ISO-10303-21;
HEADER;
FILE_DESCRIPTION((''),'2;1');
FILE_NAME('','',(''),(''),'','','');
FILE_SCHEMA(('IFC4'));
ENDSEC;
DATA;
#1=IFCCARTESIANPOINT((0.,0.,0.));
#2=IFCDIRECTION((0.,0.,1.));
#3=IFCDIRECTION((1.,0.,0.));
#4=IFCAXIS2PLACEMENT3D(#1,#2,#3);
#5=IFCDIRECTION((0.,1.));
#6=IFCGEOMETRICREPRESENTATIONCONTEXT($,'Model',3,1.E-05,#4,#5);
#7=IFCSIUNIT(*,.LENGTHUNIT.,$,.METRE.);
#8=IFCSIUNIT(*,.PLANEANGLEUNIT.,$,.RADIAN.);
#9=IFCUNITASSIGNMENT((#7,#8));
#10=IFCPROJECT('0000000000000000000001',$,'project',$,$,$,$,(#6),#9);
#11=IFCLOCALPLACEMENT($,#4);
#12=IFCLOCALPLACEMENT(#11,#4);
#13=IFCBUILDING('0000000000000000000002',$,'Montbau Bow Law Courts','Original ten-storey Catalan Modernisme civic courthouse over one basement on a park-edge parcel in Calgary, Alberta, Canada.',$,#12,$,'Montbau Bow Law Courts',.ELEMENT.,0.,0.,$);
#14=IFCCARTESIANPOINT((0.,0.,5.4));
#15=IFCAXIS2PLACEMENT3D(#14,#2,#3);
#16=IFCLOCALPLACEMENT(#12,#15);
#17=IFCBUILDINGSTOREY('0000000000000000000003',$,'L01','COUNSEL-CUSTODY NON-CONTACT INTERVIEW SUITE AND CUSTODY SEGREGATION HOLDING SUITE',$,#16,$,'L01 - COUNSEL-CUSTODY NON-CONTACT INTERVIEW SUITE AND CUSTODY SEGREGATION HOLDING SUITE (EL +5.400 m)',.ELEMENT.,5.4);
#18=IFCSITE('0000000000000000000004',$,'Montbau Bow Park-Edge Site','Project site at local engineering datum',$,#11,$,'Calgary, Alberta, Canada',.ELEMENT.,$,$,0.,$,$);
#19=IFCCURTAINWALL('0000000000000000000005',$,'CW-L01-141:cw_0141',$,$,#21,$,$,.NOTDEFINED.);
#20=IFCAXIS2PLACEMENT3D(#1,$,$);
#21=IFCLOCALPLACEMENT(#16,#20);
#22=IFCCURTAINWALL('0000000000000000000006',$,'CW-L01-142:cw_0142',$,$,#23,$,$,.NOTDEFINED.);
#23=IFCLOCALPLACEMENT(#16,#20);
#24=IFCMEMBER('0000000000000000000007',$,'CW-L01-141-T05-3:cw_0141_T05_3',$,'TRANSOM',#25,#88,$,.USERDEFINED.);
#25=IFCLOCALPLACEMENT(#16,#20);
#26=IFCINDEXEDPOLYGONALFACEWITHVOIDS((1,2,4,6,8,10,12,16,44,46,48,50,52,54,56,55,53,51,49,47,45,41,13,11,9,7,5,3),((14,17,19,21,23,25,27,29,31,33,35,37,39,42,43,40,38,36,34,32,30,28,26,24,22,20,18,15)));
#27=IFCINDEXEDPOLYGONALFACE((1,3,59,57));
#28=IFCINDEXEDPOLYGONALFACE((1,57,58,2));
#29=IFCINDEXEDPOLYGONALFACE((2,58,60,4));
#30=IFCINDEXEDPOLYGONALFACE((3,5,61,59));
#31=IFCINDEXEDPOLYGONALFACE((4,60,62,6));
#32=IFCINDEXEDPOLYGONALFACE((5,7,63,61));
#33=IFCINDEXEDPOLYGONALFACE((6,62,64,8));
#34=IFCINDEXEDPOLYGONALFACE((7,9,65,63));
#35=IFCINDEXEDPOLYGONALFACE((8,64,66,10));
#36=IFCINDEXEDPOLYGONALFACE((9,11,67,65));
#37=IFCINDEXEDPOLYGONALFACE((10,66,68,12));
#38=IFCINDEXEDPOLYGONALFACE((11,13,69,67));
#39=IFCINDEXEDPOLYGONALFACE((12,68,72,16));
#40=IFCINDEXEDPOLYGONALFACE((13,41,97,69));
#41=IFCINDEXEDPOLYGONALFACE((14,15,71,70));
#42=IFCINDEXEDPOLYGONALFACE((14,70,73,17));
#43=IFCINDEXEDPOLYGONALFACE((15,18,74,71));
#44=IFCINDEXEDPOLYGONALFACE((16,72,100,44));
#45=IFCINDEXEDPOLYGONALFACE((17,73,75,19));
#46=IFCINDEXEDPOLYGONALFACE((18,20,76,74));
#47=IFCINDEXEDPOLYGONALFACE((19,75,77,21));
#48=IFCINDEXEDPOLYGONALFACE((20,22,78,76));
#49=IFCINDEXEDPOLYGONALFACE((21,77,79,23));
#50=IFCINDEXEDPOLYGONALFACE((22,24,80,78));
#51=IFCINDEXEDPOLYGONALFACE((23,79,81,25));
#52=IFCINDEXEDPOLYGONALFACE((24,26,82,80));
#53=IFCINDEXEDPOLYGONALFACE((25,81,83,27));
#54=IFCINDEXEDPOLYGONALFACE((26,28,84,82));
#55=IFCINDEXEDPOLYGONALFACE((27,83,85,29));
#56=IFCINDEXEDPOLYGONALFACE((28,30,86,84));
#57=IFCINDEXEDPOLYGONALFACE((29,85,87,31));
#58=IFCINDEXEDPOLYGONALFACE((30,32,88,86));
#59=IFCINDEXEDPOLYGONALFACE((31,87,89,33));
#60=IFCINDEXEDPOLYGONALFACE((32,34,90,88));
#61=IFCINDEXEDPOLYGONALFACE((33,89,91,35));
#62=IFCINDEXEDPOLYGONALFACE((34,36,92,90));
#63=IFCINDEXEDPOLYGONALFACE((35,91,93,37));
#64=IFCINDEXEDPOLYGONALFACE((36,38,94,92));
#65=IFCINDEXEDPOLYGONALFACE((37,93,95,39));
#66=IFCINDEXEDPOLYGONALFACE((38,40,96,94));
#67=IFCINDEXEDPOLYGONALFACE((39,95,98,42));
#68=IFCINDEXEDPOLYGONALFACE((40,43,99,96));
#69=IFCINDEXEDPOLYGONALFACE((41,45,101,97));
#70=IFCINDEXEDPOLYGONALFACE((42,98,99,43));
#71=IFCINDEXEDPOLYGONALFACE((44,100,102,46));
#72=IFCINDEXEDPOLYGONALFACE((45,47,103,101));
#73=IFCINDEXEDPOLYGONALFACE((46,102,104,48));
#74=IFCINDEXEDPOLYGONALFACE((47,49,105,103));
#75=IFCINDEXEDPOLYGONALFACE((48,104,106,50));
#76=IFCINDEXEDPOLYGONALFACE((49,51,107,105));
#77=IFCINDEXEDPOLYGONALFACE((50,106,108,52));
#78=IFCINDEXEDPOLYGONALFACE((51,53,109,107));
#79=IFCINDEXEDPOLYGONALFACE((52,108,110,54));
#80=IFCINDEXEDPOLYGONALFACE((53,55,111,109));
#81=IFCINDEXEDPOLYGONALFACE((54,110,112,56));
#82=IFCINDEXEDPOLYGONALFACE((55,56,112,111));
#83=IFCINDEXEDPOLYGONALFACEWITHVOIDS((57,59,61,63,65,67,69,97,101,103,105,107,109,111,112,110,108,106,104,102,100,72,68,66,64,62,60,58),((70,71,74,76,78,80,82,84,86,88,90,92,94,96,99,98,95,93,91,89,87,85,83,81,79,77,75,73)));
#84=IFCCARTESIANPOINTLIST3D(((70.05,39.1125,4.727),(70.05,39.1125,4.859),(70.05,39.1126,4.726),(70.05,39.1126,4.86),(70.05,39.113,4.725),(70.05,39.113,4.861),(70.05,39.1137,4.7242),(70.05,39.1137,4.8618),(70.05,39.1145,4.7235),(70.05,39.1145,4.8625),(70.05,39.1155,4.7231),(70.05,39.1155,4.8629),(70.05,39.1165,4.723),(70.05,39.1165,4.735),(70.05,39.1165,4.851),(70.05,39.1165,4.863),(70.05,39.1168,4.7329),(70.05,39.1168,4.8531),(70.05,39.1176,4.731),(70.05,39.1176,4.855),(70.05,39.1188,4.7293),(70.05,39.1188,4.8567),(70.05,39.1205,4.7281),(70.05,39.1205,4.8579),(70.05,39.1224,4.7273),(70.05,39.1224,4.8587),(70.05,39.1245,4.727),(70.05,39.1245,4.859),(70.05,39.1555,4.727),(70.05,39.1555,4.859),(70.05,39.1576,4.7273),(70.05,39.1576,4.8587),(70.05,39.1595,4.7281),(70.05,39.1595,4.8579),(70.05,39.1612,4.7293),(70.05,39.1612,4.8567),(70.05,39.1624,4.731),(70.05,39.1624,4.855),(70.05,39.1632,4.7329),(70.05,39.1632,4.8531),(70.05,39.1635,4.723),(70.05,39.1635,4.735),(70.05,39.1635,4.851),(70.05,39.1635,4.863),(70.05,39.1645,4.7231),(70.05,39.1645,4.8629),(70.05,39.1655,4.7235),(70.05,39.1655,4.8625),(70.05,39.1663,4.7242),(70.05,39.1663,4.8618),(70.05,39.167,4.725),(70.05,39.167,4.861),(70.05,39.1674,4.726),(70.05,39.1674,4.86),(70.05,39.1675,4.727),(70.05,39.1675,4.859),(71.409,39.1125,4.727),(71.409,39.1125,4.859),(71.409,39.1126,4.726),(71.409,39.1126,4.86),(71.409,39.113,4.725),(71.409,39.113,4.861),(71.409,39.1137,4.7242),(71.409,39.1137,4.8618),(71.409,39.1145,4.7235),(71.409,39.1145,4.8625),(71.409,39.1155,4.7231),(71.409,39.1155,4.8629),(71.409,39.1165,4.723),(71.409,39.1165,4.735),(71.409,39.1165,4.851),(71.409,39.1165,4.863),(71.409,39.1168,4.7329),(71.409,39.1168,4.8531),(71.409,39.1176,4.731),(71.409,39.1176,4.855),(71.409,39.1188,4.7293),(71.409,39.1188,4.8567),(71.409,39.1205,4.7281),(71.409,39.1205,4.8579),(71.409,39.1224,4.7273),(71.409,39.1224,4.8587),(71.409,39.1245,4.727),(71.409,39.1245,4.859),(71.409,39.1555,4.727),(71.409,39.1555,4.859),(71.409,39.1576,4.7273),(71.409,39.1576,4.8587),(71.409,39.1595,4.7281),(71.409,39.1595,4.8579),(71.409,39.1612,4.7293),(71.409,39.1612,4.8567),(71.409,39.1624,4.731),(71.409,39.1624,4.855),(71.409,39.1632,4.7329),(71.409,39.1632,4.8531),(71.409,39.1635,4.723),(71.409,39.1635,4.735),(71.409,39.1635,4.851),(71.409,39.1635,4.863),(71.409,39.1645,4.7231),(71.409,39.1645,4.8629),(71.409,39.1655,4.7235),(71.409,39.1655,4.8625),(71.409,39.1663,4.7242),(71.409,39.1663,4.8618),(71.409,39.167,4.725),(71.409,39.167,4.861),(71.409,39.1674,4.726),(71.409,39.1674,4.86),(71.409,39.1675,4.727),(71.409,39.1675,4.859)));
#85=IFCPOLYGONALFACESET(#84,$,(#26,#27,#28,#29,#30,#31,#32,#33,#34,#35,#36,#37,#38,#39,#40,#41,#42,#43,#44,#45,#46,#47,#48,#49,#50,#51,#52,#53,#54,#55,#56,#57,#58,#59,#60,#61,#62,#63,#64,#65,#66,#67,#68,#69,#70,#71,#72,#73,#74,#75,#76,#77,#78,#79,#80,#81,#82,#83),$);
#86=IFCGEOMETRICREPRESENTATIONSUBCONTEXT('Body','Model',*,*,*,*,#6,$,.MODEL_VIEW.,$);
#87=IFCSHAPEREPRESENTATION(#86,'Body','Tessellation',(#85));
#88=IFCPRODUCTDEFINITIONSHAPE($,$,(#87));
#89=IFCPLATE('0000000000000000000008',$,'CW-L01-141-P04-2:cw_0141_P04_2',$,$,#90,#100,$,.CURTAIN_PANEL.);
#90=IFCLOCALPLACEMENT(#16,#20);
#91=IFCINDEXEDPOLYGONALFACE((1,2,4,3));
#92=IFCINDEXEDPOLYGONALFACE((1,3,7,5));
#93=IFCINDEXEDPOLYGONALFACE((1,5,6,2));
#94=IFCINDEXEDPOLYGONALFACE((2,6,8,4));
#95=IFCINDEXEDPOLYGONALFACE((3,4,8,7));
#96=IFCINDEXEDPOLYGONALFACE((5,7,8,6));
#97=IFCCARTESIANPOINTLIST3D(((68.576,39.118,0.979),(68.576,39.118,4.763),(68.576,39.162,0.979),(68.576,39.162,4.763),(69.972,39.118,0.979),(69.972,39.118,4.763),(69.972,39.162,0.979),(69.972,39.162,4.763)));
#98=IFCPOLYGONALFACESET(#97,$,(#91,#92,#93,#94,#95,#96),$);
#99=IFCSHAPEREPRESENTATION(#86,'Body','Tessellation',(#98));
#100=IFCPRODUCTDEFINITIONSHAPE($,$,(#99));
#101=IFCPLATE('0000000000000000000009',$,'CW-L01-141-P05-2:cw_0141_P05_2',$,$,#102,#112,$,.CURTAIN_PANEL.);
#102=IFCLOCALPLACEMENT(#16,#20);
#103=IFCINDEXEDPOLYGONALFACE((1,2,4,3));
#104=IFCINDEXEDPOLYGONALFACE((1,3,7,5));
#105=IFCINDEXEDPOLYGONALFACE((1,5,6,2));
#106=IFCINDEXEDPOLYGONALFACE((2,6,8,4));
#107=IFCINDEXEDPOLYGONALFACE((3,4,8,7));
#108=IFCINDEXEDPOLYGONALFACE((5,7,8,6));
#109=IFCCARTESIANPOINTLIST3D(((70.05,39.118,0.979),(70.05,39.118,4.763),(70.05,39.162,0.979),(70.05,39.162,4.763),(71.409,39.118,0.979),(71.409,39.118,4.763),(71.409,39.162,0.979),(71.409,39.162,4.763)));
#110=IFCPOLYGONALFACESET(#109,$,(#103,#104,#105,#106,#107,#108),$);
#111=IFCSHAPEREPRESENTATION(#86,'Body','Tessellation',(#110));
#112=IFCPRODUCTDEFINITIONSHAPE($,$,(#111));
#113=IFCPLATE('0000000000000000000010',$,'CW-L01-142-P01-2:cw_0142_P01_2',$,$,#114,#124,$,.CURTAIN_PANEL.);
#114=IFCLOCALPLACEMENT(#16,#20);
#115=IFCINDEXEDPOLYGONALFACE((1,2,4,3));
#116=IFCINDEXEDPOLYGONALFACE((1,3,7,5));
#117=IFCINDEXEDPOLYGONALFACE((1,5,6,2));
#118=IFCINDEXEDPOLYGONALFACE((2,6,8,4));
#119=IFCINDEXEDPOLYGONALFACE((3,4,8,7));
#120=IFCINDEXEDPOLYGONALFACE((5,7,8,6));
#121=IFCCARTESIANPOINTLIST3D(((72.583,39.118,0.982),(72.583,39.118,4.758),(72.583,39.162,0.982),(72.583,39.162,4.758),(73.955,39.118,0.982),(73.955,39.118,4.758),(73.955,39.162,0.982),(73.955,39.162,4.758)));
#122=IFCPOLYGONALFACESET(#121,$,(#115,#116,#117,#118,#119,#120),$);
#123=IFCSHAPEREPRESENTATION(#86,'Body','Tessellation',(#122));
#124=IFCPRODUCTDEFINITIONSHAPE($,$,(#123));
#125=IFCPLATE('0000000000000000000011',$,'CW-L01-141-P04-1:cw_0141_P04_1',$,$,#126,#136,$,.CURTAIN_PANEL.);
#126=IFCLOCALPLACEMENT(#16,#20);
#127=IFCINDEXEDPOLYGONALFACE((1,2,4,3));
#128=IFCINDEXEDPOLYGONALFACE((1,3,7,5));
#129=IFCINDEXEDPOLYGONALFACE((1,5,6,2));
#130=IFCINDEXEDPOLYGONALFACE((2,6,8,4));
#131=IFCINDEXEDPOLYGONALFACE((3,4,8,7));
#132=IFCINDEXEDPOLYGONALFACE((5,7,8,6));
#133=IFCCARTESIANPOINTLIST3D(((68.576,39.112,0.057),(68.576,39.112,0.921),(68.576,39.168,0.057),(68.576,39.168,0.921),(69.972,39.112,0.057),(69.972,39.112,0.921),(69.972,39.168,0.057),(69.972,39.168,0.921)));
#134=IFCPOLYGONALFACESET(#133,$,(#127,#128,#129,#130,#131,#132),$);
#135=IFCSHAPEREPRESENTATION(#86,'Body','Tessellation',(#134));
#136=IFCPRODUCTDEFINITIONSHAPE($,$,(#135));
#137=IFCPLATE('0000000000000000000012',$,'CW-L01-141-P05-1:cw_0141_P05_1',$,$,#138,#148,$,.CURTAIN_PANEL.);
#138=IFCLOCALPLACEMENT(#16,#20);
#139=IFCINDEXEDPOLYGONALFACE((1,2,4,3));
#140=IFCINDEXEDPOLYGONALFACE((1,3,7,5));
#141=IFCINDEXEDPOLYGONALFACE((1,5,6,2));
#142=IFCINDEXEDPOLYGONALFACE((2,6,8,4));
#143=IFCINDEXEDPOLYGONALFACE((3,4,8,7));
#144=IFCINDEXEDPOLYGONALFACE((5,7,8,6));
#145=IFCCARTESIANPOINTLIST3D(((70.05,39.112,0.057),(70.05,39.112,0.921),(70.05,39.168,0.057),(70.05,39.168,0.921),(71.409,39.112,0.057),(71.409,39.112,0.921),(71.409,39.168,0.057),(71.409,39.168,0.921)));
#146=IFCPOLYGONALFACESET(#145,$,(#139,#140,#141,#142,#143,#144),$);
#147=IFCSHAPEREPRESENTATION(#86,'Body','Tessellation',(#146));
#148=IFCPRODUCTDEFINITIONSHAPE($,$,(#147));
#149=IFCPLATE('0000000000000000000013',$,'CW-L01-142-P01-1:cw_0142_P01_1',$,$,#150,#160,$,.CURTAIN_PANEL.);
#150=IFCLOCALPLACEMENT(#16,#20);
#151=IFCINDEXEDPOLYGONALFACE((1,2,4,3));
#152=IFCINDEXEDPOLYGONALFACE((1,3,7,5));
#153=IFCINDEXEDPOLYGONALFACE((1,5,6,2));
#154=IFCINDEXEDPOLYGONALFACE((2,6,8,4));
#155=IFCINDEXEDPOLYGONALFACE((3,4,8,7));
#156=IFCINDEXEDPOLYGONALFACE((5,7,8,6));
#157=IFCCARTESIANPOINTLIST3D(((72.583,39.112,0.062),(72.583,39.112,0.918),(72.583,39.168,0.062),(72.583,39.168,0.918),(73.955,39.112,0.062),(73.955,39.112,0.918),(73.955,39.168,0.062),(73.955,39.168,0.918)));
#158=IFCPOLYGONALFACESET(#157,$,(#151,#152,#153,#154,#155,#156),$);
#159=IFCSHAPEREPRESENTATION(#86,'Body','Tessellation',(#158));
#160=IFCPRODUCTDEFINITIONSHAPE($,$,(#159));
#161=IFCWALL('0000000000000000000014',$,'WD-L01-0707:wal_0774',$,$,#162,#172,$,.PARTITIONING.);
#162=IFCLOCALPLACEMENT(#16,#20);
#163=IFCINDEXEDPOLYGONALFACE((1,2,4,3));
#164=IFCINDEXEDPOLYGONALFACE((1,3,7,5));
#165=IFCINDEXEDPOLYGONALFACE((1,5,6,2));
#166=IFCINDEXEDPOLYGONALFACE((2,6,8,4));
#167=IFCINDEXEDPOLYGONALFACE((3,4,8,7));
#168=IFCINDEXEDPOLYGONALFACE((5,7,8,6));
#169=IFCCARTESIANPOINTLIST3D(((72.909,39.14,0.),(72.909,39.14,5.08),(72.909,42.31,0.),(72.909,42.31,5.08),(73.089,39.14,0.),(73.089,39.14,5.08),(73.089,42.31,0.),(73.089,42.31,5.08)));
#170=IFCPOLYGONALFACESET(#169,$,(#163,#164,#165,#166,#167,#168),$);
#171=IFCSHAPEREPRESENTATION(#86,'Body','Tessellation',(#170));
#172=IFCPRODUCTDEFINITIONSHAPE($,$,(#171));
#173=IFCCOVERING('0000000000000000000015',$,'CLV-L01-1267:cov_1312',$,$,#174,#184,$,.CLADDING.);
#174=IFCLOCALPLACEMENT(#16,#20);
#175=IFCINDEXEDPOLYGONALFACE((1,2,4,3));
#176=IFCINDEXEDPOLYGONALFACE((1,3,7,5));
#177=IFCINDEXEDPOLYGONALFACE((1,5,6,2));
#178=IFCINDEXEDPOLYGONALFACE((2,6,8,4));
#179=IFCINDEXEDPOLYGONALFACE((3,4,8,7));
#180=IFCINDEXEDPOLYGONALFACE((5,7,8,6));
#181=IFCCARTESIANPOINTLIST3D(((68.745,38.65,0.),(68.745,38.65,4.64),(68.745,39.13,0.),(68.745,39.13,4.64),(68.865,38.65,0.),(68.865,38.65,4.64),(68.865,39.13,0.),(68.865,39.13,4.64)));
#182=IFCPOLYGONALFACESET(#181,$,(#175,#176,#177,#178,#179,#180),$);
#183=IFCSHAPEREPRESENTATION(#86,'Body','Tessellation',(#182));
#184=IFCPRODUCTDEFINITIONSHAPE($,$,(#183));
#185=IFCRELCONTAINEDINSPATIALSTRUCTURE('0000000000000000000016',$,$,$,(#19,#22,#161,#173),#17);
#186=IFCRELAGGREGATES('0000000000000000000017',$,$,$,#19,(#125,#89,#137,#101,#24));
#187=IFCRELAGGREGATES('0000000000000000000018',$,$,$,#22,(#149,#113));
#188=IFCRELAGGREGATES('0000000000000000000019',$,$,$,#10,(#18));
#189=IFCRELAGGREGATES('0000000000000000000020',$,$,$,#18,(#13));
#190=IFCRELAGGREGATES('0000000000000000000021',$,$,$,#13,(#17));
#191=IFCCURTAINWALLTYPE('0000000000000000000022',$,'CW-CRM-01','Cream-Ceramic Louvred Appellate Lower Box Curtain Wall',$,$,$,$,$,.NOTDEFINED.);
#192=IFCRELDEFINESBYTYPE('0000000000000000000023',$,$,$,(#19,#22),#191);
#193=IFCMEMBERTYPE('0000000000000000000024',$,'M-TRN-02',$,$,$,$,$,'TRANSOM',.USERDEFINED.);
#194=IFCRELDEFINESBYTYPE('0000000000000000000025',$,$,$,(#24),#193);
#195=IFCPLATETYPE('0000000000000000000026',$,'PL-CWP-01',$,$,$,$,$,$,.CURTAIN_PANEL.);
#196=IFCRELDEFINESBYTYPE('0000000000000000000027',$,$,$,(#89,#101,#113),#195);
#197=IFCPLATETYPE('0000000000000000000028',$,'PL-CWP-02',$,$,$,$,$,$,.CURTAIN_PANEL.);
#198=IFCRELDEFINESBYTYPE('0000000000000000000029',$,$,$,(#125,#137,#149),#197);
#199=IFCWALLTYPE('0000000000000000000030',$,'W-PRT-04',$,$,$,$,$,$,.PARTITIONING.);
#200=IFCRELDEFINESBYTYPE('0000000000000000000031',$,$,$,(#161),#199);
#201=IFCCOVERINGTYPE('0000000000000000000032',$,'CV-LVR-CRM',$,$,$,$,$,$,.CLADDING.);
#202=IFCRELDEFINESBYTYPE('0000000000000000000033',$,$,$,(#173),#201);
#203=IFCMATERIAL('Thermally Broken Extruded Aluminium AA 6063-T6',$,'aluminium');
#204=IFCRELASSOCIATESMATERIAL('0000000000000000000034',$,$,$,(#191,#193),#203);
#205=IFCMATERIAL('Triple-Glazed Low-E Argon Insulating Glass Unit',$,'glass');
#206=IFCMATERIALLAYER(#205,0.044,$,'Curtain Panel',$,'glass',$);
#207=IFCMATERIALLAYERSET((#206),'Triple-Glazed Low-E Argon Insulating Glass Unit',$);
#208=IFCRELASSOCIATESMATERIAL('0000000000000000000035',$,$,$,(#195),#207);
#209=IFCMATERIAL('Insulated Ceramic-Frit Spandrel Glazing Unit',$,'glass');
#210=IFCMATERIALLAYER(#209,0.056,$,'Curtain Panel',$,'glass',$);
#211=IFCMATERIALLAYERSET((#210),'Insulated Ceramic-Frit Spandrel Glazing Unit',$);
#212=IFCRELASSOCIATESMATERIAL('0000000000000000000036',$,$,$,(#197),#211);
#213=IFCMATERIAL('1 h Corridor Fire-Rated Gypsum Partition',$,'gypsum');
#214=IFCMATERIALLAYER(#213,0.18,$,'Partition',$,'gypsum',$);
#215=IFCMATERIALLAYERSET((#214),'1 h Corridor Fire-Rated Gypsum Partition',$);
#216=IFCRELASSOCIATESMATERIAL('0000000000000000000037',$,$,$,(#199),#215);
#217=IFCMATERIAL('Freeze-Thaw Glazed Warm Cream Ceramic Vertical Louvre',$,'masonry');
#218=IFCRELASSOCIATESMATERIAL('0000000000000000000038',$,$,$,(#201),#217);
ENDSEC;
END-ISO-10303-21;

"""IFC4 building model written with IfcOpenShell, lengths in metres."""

from ifc_helpers import new_model, si_unit, direction, frame, frame_2d, origin_with_axes, origin_2d_with_axis, place, context, subcontext, project, spatial, rectangle, hollow_rectangle, extrude, material, layer, layer_set, material_profile, profile_set, type_object, element, aggregate, save


model = new_model("IFC4")

# Units and contexts
model_context = context("Model", 3, precision=1e-05, world=origin_with_axes(), true_north=direction((0.0, 1.0)))
body_context = subcontext(model_context, "Body", "Model", "MODEL_VIEW")
ifc_project = project(units=[si_unit("LENGTHUNIT", "METRE"), si_unit("PLANEANGLEUNIT", "RADIAN")], contexts=[model_context])

# Site, building, storey
site_placement = place(None, origin_with_axes())
site = spatial("IfcSite", under=ifc_project, at=site_placement, Name="Montbau Bow Park-Edge Site", Description="Project site at local engineering datum", LongName="Calgary, Alberta, Canada", CompositionType="ELEMENT", RefElevation=0.0)
building_placement = place(site_placement, origin_with_axes())
building = spatial("IfcBuilding", under=site, at=building_placement, Name="Montbau Bow Law Courts", Description="Original ten-storey Catalan Modernisme civic courthouse over one basement on a park-edge parcel in Calgary, Alberta, Canada.", LongName="Montbau Bow Law Courts", CompositionType="ELEMENT", ElevationOfRefHeight=0.0, ElevationOfTerrain=0.0)
storey_placement = place(building_placement, frame((0.0, 0.0, 5.4), z_axis=(0.0, 0.0, 1.0), x_axis=(1.0, 0.0, 0.0)))
storey = spatial("IfcBuildingStorey", under=building, at=storey_placement, Name="L01", Description="COUNSEL-CUSTODY NON-CONTACT INTERVIEW SUITE AND CUSTODY SEGREGATION HOLDING SUITE", LongName="L01 - COUNSEL-CUSTODY NON-CONTACT INTERVIEW SUITE AND CUSTODY SEGREGATION HOLDING SUITE (EL +5.400 m)", CompositionType="ELEMENT", Elevation=5.4)

# Curtain walls
ifc_material_1 = material(Name="Thermally Broken Extruded Aluminium AA 6063-T6", Category="aluminium")
curtain_wall_type = type_object("IfcCurtainWallType", Name="CW-CRM-01", Description="Cream-Ceramic Louvred Appellate Lower Box Curtain Wall", PredefinedType="NOTDEFINED", material=ifc_material_1)
curtain_wall_1_placement = place(None, frame((64.115, 39.14, 5.4), z_axis=(0.0, 0.0, 1.0), x_axis=(1.0, 0.0, 0.0)))
curtain_wall_1 = element("IfcCurtainWall", 1, at=curtain_wall_1_placement, inside=storey, type_object=curtain_wall_type, Name="CW-L01-141:cw_0141", PredefinedType="NOTDEFINED")
curtain_wall_2_placement = place(None, frame((72.515, 39.14, 5.4), z_axis=(0.0, 0.0, 1.0), x_axis=(1.0, 0.0, 0.0)))
curtain_wall_2 = element("IfcCurtainWall", 2, at=curtain_wall_2_placement, inside=storey, type_object=curtain_wall_type, Name="CW-L01-142:cw_0142", PredefinedType="NOTDEFINED")

# Member
ifc_material_profile_1 = material_profile(ifc_material_1, hollow_rectangle(XDim=0.055, YDim=0.14, WallThickness=0.004, InnerFilletRadius=0.008, OuterFilletRadius=0.004, at=origin_2d_with_axis()), Name="CWT-140X55", Category="Main", Priority=0)
ifc_profile_set_1 = profile_set([ifc_material_profile_1], Name="Thermally Broken Extruded Aluminium AA 6063-T6")
member_type_1 = type_object("IfcMemberType", Name="M-TRN-02", ElementType="TRANSOM", PredefinedType="USERDEFINED", material=ifc_profile_set_1)
member_1_placement = place(None, frame((70.05, 39.14, 10.193), z_axis=(1.0, 0.0, 0.0), x_axis=(0.0, 1.0, 0.0)))
member_1 = element("IfcMember", 3, at=member_1_placement, type_object=member_type_1, Name="CW-L01-141-T05-3:cw_0141_T05_3", ObjectType="TRANSOM", PredefinedType="USERDEFINED", context=body_context, shape_type="SweptSolid", body=[
    extrude(hollow_rectangle(XDim=0.055, YDim=0.14, WallThickness=0.004, InnerFilletRadius=0.008, OuterFilletRadius=0.004, at=origin_2d_with_axis()), origin_with_axes(), (0.0, 0.0, 1.0), 1.359),
])

# Plates
ifc_material_2 = material(Name="Triple-Glazed Low-E Argon Insulating Glass Unit", Category="glass")
ifc_layer_1 = layer(ifc_material_2, 0.044, Name="Curtain Panel", Category="glass")
ifc_layer_set_1 = layer_set([ifc_layer_1], Name="Triple-Glazed Low-E Argon Insulating Glass Unit")
plate_type_1 = type_object("IfcPlateType", Name="PL-CWP-01", PredefinedType="CURTAIN_PANEL", material=ifc_layer_set_1)
plate_1_placement = place(None, frame((68.576, 39.14, 6.379), z_axis=(0.0, -1.0, 0.0), x_axis=(1.0, 0.0, 0.0)))
plate_1 = element("IfcPlate", 4, at=plate_1_placement, type_object=plate_type_1, Name="CW-L01-141-P04-2:cw_0141_P04_2", PredefinedType="CURTAIN_PANEL", context=body_context, shape_type="SweptSolid", body=[
    extrude(rectangle(XDim=1.396, YDim=3.784, at=frame_2d((0.698, 1.892), x_axis=(1.0, 0.0))), frame((0.0, 0.0, -0.022), z_axis=(0.0, 0.0, 1.0), x_axis=(1.0, 0.0, 0.0)), (0.0, 0.0, 1.0), 0.044),
])
plate_2_placement = place(None, frame((70.05, 39.14, 6.379), z_axis=(0.0, -1.0, 0.0), x_axis=(1.0, 0.0, 0.0)))
plate_2 = element("IfcPlate", 5, at=plate_2_placement, type_object=plate_type_1, Name="CW-L01-141-P05-2:cw_0141_P05_2", PredefinedType="CURTAIN_PANEL", context=body_context, shape_type="SweptSolid", body=[
    extrude(rectangle(XDim=1.359, YDim=3.784, at=frame_2d((0.6795, 1.892), x_axis=(1.0, 0.0))), frame((0.0, 0.0, -0.022), z_axis=(0.0, 0.0, 1.0), x_axis=(1.0, 0.0, 0.0)), (0.0, 0.0, 1.0), 0.044),
])
plate_3_placement = place(None, frame((72.583, 39.14, 6.382), z_axis=(0.0, -1.0, 0.0), x_axis=(1.0, 0.0, 0.0)))
plate_3 = element("IfcPlate", 6, at=plate_3_placement, type_object=plate_type_1, Name="CW-L01-142-P01-2:cw_0142_P01_2", PredefinedType="CURTAIN_PANEL", context=body_context, shape_type="SweptSolid", body=[
    extrude(rectangle(XDim=1.372, YDim=3.776, at=frame_2d((0.686, 1.888), x_axis=(1.0, 0.0))), frame((0.0, 0.0, -0.022), z_axis=(0.0, 0.0, 1.0), x_axis=(1.0, 0.0, 0.0)), (0.0, 0.0, 1.0), 0.044),
])
ifc_material_3 = material(Name="Insulated Ceramic-Frit Spandrel Glazing Unit", Category="glass")
ifc_layer_2 = layer(ifc_material_3, 0.056, Name="Curtain Panel", Category="glass")
ifc_layer_set_2 = layer_set([ifc_layer_2], Name="Insulated Ceramic-Frit Spandrel Glazing Unit")
plate_type_2 = type_object("IfcPlateType", Name="PL-CWP-02", PredefinedType="CURTAIN_PANEL", material=ifc_layer_set_2)
plate_4_placement = place(None, frame((68.576, 39.14, 5.457), z_axis=(0.0, -1.0, 0.0), x_axis=(1.0, 0.0, 0.0)))
plate_4 = element("IfcPlate", 7, at=plate_4_placement, type_object=plate_type_2, Name="CW-L01-141-P04-1:cw_0141_P04_1", PredefinedType="CURTAIN_PANEL", context=body_context, shape_type="SweptSolid", body=[
    extrude(rectangle(XDim=1.396, YDim=0.864, at=frame_2d((0.698, 0.432), x_axis=(1.0, 0.0))), frame((0.0, 0.0, -0.028), z_axis=(0.0, 0.0, 1.0), x_axis=(1.0, 0.0, 0.0)), (0.0, 0.0, 1.0), 0.056),
])
plate_5_placement = place(None, frame((70.05, 39.14, 5.457), z_axis=(0.0, -1.0, 0.0), x_axis=(1.0, 0.0, 0.0)))
plate_5 = element("IfcPlate", 8, at=plate_5_placement, type_object=plate_type_2, Name="CW-L01-141-P05-1:cw_0141_P05_1", PredefinedType="CURTAIN_PANEL", context=body_context, shape_type="SweptSolid", body=[
    extrude(rectangle(XDim=1.359, YDim=0.864, at=frame_2d((0.6795, 0.432), x_axis=(1.0, 0.0))), frame((0.0, 0.0, -0.028), z_axis=(0.0, 0.0, 1.0), x_axis=(1.0, 0.0, 0.0)), (0.0, 0.0, 1.0), 0.056),
])
aggregate(curtain_wall_1, [plate_4, plate_1, plate_5, plate_2, member_1])
plate_6_placement = place(None, frame((72.583, 39.14, 5.462), z_axis=(0.0, -1.0, 0.0), x_axis=(1.0, 0.0, 0.0)))
plate_6 = element("IfcPlate", 9, at=plate_6_placement, type_object=plate_type_2, Name="CW-L01-142-P01-1:cw_0142_P01_1", PredefinedType="CURTAIN_PANEL", context=body_context, shape_type="SweptSolid", body=[
    extrude(rectangle(XDim=1.372, YDim=0.856, at=frame_2d((0.686, 0.428), x_axis=(1.0, 0.0))), frame((0.0, 0.0, -0.028), z_axis=(0.0, 0.0, 1.0), x_axis=(1.0, 0.0, 0.0)), (0.0, 0.0, 1.0), 0.056),
])
aggregate(curtain_wall_2, [plate_6, plate_3])

# Wall
ifc_material_4 = material(Name="1 h Corridor Fire-Rated Gypsum Partition", Category="gypsum")
ifc_layer_3 = layer(ifc_material_4, 0.18, Name="Partition", Category="gypsum")
ifc_layer_set_3 = layer_set([ifc_layer_3], Name="1 h Corridor Fire-Rated Gypsum Partition")
wall_type = type_object("IfcWallType", Name="W-PRT-04", PredefinedType="PARTITIONING", material=ifc_layer_set_3)
wall_placement = place(None, frame((72.999, 39.14, 5.4), z_axis=(0.0, 0.0, 1.0), x_axis=(0.0, 1.0, 0.0)))
element("IfcWall", 10, at=wall_placement, inside=storey, type_object=wall_type, Name="WD-L01-0707:wal_0774", PredefinedType="PARTITIONING", context=body_context, shape_type="SweptSolid", body=[
    extrude(rectangle(XDim=3.17, YDim=0.18, at=frame_2d((1.585, 0.0), x_axis=(1.0, 0.0))), origin_with_axes(), (0.0, 0.0, 1.0), 5.08),
])

# Covering
ifc_material_5 = material(Name="Freeze-Thaw Glazed Warm Cream Ceramic Vertical Louvre", Category="masonry")
covering_type = type_object("IfcCoveringType", Name="CV-LVR-CRM", PredefinedType="CLADDING", material=ifc_material_5)
for number, where, z_axis, x_axis, name in (
    (11, (68.805, 39.13, 5.4), (-1.0, 0.0, 0.0), (0.0, -1.0, 0.0), "CLV-L01-1267:cov_1312"),
):
    element("IfcCovering", number, at=place(None, frame(where, z_axis=z_axis, x_axis=x_axis)), inside=storey, type_object=covering_type, Name=name, PredefinedType="CLADDING", context=body_context, shape_type="SweptSolid", body=[
        extrude(rectangle(XDim=0.48, YDim=4.64, at=frame_2d((0.24, 2.32), x_axis=(1.0, 0.0))), frame((0.0, 0.0, -0.06), z_axis=(0.0, 0.0, 1.0), x_axis=(1.0, 0.0, 0.0)), (0.0, 0.0, 1.0), 0.12),
    ])

save(model, "model.ifc")
